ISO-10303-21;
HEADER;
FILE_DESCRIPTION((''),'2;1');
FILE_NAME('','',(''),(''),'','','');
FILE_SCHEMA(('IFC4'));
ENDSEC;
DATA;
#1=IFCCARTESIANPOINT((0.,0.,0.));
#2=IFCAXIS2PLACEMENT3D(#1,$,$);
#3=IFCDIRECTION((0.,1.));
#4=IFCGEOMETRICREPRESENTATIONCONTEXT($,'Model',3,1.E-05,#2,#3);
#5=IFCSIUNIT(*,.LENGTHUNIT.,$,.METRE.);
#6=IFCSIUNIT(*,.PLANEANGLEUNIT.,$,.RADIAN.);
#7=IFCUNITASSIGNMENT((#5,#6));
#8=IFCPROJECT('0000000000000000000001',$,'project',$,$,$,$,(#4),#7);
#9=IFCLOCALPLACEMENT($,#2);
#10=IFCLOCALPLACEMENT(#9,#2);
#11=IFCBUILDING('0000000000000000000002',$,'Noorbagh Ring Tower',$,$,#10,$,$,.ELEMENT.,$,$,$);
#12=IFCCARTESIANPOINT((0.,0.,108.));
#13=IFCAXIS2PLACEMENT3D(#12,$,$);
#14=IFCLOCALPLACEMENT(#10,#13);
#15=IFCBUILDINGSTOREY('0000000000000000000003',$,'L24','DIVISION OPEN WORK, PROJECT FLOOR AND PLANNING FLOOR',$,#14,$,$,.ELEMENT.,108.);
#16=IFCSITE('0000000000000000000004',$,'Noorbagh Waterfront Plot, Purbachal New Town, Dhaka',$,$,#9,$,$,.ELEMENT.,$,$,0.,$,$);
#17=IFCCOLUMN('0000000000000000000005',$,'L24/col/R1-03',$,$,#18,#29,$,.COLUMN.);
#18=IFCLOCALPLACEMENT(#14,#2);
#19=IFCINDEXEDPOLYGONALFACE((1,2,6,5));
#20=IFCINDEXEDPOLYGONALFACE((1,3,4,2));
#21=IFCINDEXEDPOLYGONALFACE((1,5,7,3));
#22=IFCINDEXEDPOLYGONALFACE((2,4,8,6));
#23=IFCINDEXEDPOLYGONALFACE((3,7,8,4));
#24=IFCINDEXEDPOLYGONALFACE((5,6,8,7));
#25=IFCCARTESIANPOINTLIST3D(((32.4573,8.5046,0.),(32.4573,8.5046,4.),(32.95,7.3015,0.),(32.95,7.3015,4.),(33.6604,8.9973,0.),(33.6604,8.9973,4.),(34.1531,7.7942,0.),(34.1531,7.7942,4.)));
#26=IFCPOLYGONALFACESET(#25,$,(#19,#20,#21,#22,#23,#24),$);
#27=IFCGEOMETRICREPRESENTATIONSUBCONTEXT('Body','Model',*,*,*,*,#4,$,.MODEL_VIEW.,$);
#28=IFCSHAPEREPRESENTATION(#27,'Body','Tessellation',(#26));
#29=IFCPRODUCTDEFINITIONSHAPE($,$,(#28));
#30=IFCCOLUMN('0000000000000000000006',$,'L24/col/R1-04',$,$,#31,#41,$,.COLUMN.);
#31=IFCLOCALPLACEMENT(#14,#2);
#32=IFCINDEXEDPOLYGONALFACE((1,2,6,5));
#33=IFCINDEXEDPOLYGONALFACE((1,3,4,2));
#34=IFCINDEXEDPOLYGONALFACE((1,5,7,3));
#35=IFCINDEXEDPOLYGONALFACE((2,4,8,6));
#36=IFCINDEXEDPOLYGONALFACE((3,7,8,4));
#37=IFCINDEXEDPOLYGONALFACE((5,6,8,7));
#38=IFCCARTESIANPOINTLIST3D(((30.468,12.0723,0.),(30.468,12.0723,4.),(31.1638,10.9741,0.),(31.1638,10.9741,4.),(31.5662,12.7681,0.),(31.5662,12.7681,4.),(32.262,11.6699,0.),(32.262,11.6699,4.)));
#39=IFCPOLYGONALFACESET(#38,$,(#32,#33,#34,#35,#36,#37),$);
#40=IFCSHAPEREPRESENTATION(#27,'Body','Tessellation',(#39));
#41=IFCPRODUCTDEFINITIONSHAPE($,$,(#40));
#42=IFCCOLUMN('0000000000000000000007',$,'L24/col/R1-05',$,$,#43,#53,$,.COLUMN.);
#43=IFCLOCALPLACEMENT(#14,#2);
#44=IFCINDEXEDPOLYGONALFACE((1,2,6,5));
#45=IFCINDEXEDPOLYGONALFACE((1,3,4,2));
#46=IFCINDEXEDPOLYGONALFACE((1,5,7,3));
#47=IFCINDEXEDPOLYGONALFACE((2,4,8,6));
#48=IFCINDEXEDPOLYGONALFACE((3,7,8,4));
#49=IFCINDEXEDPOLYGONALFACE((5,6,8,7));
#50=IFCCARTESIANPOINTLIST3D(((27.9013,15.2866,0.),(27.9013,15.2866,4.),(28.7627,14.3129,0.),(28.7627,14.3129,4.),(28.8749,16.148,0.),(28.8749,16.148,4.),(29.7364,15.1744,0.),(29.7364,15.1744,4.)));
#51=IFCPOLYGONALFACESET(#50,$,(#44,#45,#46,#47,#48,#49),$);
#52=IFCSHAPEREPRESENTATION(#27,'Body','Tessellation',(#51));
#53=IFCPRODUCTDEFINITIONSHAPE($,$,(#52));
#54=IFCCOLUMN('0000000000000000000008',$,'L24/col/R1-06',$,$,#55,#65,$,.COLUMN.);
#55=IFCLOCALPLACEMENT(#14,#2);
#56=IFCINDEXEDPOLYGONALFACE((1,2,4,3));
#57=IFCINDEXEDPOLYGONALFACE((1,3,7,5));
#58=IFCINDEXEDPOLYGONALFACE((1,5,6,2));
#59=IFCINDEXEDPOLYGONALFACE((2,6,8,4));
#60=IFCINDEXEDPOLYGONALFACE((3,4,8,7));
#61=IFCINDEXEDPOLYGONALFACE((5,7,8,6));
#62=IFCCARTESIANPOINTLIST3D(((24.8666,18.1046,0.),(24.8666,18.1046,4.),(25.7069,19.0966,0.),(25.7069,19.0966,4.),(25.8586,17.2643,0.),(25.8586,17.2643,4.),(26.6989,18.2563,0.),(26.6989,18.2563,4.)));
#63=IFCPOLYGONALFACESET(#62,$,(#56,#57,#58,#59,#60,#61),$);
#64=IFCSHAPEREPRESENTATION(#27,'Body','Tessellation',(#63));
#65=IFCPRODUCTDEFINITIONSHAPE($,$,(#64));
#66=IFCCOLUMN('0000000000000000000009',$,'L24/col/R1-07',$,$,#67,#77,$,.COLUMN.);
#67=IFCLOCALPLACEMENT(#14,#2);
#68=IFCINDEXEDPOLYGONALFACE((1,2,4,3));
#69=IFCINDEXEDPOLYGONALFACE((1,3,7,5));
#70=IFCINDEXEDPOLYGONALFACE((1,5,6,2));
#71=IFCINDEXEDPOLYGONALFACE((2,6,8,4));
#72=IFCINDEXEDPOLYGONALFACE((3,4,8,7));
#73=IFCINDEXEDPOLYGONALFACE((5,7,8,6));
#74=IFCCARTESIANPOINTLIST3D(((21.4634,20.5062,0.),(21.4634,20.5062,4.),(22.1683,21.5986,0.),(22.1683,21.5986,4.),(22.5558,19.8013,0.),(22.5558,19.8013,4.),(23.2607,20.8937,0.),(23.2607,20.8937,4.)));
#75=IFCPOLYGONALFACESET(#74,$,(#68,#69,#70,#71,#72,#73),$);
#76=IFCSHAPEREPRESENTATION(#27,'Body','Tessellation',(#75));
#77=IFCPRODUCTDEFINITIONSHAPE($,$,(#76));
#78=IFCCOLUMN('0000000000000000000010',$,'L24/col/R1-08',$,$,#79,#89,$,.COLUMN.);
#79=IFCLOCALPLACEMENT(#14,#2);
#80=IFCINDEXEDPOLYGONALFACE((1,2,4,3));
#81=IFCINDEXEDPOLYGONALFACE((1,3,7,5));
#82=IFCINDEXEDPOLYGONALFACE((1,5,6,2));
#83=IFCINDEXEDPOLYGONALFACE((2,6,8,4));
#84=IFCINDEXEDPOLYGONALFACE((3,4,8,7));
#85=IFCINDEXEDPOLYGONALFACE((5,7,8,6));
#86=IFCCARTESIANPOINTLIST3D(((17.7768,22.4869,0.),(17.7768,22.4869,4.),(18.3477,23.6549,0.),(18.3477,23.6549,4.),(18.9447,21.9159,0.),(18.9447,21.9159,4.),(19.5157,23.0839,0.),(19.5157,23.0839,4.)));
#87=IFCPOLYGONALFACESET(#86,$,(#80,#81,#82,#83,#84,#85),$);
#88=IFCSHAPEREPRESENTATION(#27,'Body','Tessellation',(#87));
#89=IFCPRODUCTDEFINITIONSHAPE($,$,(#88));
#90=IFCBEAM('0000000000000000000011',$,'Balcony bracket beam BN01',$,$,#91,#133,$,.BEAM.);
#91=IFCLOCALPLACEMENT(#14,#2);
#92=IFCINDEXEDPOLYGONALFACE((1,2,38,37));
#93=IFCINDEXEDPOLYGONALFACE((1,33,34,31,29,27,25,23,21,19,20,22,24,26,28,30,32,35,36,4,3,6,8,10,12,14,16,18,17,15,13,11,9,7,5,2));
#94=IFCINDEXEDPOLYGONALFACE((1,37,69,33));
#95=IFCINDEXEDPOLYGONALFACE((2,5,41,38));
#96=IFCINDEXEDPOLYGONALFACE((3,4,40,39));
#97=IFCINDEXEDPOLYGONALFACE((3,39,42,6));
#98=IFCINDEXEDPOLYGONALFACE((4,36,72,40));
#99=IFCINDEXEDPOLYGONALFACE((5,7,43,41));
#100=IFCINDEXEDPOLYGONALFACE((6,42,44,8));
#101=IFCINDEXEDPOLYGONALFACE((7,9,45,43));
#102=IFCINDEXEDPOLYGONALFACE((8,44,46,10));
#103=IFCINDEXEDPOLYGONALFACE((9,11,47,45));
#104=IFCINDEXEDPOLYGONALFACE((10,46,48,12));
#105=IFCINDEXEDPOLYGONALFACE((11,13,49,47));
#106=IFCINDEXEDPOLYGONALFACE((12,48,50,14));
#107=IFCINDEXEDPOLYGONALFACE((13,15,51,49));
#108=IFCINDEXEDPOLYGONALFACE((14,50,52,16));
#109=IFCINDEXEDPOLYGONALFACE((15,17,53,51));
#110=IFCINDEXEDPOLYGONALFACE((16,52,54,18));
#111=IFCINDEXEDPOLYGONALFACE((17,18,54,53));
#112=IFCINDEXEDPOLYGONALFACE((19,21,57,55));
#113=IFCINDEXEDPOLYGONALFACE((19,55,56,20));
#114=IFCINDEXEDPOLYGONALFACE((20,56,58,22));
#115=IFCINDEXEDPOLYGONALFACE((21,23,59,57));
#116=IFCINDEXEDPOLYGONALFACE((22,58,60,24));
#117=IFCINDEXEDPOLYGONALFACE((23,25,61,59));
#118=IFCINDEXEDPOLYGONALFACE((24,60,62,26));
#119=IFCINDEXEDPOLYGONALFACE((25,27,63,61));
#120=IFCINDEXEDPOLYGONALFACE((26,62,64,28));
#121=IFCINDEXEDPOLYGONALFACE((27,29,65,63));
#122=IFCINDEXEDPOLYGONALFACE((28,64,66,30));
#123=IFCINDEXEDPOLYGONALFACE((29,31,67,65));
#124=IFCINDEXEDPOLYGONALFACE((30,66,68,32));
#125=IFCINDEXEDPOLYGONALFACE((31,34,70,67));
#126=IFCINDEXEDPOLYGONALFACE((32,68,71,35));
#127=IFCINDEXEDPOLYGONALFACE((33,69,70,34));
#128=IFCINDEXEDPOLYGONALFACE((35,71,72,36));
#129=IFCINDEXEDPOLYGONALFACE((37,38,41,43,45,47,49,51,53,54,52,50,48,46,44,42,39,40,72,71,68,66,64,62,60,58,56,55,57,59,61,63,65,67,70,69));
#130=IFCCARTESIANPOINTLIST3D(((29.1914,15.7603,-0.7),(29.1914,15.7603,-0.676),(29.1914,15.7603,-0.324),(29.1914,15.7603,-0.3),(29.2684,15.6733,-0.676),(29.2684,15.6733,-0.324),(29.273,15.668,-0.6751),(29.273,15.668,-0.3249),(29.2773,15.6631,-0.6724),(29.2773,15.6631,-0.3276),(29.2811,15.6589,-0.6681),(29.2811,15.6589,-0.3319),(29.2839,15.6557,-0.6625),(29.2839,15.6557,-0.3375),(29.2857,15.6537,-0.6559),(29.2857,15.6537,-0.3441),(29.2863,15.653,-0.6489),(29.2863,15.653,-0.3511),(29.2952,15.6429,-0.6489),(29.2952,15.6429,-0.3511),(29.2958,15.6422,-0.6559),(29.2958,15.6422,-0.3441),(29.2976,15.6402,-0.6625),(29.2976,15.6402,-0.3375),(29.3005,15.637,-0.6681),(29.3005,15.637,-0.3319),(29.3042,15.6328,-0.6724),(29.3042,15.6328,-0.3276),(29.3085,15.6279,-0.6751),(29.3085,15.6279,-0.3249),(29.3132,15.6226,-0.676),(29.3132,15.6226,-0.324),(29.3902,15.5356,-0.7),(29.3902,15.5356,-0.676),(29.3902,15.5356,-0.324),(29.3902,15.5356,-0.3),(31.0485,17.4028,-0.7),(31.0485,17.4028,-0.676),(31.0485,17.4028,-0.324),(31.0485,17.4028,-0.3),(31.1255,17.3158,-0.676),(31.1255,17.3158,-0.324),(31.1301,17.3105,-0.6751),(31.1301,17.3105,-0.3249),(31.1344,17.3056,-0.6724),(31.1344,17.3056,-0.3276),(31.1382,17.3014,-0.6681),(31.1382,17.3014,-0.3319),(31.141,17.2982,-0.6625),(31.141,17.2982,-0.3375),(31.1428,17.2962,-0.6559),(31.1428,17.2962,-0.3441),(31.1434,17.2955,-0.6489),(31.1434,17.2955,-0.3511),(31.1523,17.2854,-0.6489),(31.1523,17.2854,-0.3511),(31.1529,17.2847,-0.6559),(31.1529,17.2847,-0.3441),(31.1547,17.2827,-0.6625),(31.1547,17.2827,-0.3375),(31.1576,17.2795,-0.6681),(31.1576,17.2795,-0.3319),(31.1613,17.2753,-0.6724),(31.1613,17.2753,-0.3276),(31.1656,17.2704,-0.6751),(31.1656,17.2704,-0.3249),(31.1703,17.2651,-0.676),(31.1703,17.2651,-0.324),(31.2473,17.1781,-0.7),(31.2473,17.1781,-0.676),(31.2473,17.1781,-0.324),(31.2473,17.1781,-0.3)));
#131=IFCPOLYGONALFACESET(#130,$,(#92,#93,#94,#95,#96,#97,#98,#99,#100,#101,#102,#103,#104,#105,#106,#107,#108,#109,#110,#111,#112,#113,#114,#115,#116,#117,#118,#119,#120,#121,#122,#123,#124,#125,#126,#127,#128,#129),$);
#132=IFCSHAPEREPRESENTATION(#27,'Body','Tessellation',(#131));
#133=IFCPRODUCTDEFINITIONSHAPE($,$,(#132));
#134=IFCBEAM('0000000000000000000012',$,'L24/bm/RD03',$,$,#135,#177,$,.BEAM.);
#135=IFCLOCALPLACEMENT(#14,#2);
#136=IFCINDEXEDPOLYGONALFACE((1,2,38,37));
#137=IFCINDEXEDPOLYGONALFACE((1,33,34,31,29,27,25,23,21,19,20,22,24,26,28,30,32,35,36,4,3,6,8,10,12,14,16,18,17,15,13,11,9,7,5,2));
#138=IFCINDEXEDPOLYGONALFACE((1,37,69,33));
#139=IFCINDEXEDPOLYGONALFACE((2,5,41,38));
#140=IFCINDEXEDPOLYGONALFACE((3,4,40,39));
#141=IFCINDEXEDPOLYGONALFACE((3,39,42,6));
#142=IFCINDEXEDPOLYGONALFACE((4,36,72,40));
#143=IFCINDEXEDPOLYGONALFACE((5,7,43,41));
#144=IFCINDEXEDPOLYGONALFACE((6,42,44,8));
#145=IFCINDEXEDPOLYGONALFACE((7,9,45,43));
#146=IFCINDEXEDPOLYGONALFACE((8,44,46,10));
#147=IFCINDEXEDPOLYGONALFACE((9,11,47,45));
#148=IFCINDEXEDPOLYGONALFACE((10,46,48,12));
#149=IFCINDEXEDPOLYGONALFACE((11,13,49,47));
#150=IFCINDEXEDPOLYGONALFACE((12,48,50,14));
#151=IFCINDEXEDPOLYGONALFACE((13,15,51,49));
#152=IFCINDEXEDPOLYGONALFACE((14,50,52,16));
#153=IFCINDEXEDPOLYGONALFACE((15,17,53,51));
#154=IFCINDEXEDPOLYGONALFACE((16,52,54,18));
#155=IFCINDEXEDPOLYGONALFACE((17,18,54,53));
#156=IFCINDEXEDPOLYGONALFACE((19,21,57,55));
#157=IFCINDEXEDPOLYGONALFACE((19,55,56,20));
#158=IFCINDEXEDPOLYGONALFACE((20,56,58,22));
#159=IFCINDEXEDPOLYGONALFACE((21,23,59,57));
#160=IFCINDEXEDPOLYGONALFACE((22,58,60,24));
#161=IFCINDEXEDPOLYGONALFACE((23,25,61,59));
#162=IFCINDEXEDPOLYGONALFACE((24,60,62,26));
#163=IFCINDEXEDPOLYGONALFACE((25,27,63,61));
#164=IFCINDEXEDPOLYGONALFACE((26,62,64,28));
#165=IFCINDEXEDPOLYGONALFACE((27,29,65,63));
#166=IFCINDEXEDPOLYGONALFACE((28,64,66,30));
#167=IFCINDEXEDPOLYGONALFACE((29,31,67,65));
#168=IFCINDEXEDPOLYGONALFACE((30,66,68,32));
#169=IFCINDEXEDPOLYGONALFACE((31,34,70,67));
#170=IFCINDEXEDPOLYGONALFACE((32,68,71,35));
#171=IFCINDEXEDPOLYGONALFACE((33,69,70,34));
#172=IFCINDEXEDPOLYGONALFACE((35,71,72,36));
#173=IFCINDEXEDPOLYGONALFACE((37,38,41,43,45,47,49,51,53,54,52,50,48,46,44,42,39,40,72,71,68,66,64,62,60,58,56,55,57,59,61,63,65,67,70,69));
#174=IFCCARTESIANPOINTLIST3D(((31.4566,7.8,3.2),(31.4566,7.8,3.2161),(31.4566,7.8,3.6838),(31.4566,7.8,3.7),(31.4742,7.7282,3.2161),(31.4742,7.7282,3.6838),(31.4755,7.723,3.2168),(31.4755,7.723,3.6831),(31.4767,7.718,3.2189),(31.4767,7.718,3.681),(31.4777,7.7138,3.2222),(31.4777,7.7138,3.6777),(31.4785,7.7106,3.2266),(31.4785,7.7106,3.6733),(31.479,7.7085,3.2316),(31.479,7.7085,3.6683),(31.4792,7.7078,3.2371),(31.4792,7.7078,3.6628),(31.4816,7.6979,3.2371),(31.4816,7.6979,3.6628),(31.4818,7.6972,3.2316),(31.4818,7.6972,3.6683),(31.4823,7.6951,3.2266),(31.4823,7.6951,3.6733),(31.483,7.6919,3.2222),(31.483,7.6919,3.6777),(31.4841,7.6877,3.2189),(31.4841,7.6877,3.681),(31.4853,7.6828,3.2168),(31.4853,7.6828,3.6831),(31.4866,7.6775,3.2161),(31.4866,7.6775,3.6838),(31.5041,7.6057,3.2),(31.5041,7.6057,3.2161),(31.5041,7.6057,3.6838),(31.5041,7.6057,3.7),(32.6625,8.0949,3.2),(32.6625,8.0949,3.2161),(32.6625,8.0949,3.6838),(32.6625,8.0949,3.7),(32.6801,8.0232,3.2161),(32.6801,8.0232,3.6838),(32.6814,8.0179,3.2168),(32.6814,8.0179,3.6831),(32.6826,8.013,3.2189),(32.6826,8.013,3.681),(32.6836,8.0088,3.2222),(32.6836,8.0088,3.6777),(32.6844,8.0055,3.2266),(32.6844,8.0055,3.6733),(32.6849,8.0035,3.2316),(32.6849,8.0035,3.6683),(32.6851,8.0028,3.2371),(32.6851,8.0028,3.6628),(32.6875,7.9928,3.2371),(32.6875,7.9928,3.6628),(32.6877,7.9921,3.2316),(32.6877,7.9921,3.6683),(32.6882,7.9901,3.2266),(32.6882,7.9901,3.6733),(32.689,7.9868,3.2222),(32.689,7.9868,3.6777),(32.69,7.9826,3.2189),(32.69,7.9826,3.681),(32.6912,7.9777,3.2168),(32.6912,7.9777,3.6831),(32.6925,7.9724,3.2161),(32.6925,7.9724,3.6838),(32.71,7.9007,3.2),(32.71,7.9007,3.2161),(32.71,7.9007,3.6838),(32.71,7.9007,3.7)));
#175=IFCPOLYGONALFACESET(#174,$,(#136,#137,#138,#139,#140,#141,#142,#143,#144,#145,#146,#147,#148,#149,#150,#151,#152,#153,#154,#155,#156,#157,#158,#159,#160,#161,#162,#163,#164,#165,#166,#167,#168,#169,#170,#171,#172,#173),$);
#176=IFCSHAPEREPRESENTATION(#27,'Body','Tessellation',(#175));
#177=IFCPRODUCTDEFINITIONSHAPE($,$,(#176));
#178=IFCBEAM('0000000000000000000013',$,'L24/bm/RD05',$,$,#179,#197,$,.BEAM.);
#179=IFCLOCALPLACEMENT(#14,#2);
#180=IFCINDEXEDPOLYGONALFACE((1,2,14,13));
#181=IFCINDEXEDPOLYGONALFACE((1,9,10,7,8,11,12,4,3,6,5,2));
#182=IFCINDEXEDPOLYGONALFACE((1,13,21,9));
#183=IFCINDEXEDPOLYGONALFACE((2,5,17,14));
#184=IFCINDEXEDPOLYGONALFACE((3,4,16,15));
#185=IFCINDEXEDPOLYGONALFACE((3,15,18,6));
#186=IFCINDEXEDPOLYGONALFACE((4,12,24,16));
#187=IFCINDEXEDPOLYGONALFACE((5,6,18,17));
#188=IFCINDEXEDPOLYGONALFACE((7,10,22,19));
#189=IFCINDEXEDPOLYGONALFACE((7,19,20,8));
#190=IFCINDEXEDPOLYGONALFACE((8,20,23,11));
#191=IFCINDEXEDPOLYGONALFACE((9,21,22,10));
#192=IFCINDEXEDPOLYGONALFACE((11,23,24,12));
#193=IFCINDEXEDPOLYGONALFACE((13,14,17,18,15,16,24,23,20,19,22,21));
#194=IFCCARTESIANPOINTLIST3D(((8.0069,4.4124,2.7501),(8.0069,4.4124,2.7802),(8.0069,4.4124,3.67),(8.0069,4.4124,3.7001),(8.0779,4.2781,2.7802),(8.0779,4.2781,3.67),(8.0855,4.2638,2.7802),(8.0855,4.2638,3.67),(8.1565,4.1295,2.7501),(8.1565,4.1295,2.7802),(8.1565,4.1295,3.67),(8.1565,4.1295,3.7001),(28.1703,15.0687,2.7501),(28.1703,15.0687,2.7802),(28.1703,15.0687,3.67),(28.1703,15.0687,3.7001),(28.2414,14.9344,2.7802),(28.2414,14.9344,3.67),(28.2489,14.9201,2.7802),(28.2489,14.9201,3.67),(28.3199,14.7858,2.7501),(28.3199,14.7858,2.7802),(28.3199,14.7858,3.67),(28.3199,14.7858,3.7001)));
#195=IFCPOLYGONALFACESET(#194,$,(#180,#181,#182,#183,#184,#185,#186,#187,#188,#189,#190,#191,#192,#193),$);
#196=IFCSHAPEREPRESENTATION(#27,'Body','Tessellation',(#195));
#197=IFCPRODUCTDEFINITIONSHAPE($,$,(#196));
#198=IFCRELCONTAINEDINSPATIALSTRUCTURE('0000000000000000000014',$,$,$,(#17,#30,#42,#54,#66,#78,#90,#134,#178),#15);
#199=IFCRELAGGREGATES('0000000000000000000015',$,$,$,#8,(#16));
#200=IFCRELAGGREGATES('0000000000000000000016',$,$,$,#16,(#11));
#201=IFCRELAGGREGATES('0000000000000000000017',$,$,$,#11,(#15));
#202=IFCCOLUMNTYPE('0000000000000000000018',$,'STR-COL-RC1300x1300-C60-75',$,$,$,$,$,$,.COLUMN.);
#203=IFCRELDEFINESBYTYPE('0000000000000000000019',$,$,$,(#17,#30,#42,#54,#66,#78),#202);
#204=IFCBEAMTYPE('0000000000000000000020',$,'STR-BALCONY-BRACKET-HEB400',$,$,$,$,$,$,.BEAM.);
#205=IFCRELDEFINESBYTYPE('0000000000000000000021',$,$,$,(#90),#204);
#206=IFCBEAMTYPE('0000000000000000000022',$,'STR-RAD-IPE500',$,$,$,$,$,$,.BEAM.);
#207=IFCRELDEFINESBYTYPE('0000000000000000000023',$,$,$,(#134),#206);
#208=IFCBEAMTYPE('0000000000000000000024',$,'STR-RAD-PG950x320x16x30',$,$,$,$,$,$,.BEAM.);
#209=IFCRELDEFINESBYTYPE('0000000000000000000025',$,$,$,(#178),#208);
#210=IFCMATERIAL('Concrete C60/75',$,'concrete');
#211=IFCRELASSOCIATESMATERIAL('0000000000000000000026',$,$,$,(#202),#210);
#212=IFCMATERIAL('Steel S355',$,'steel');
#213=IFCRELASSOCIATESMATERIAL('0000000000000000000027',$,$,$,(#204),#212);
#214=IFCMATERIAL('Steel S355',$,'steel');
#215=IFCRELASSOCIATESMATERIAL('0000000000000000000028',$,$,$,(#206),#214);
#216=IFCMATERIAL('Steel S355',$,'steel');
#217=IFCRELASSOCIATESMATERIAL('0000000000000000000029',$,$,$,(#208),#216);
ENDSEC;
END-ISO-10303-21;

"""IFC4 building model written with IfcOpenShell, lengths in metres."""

from ifc_helpers import new_model, si_unit, direction, frame, origin, origin_2d, place, context, subcontext, project, spatial, rectangle, i_section, extrude, material, material_profile, profile_set, type_object, element, save


model = new_model("IFC4")

# Units and contexts
model_context = context("Model", 3, precision=1e-05, world=origin(), true_north=direction((0.0, 1.0)))
body_context = subcontext(model_context, "Body", "Model", "MODEL_VIEW")
ifc_project = project(units=[si_unit("LENGTHUNIT", "METRE"), si_unit("PLANEANGLEUNIT", "RADIAN")], contexts=[model_context])

# Site, building, storey
site_placement = place(None, origin())
site = spatial("IfcSite", under=ifc_project, at=site_placement, Name="Noorbagh Waterfront Plot, Purbachal New Town, Dhaka", CompositionType="ELEMENT", RefElevation=0.0)
building_placement = place(site_placement, origin())
building = spatial("IfcBuilding", under=site, at=building_placement, Name="Noorbagh Ring Tower", CompositionType="ELEMENT")
storey_placement = place(building_placement, frame((0.0, 0.0, 108.0)))
storey = spatial("IfcBuildingStorey", under=building, at=storey_placement, Name="L24", Description="DIVISION OPEN WORK, PROJECT FLOOR AND PLANNING FLOOR", CompositionType="ELEMENT", Elevation=108.0)

# Columns
ifc_material_1 = material(Name="Concrete C60/75", Category="concrete")
ifc_material_profile_1 = material_profile(ifc_material_1, rectangle(XDim=1.3, YDim=1.3, at=origin_2d()), Name="RC1300x1300")
ifc_profile_set_1 = profile_set([ifc_material_profile_1], Name="Concrete C60/75")
column_type = type_object("IfcColumnType", Name="STR-COL-RC1300x1300-C60-75", PredefinedType="COLUMN", material=ifc_profile_set_1)
for number, where, z_axis, x_axis, name in (
    (1, (33.3052, 8.1494, 0.0), (0.0, 0.0, 1.0), (-0.378989, 0.925401, 0.0), "L24/col/R1-03"),
    (2, (31.365, 11.8711, 0.0), (0.0, 0.0, 1.0), (-0.53519, 0.844731, 0.0), "L24/col/R1-04"),
    (3, (28.8188, 15.2305, 0.0), (0.0, 0.0, 1.0), (-0.662636, 0.748942, 0.0), "L24/col/R1-05"),
    (4, (25.7827, 18.1804, 0.0), (0.0, 0.0, 1.0), (-0.763035, 0.646357, 0.0), "L24/col/R1-06"),
    (5, (22.3621, 20.7, 0.0), (0.0, 0.0, 1.0), (-0.840248, 0.542203, 0.0), "L24/col/R1-07"),
    (6, (18.6462, 22.7854, 0.0), (0.0, 0.0, 1.0), (-0.898399, 0.43918, 0.0), "L24/col/R1-08"),
):
    element("IfcColumn", number, at=place(storey_placement, frame(where, z_axis=z_axis, x_axis=x_axis)), inside=storey, type_object=column_type, Name=name, PredefinedType="COLUMN", context=body_context, shape_type="SweptSolid", body=[
        extrude(rectangle(XDim=1.3, YDim=1.3, at=origin_2d()), origin(), (0.0, 0.0, 1.0), 4.0),
    ])

# Beams
ifc_material_2 = material(Name="Steel S355", Category="steel")
ifc_material_profile_2 = material_profile(ifc_material_2, i_section(OverallWidth=0.3, OverallDepth=0.3999, WebThickness=0.0134, FlangeThickness=0.0239, FilletRadius=0.0271, at=origin_2d()), Name="HEB400")
ifc_profile_set_2 = profile_set([ifc_material_profile_2], Name="Steel S355")
beam_type_1 = type_object("IfcBeamType", Name="STR-BALCONY-BRACKET-HEB400", PredefinedType="BEAM", material=ifc_profile_set_2)
beam_1_placement = place(storey_placement, frame((29.2908, 15.6479, -0.5), z_axis=(0.749059, 0.662504, 0.0), x_axis=(-0.662504, 0.749059, 0.0)))
element("IfcBeam", 7, at=beam_1_placement, inside=storey, type_object=beam_type_1, Name="Balcony bracket beam BN01", PredefinedType="BEAM", context=body_context, shape_type="SweptSolid", body=[
    extrude(i_section(OverallWidth=0.3, OverallDepth=0.3999, WebThickness=0.0134, FlangeThickness=0.0239, FilletRadius=0.0271, at=origin_2d()), origin(), (0.0, 0.0, 1.0), 2.4792),
])
ifc_material_3 = material(Name="Steel S355", Category="steel")
ifc_material_profile_3 = material_profile(ifc_material_3, i_section(OverallWidth=0.2, OverallDepth=0.5, WebThickness=0.0103, FlangeThickness=0.0161, FilletRadius=0.021, at=origin_2d()), Name="IPE500")
ifc_profile_set_3 = profile_set([ifc_material_profile_3], Name="Steel S355")
beam_type_2 = type_object("IfcBeamType", Name="STR-RAD-IPE500", PredefinedType="BEAM", material=ifc_profile_set_3)
beam_2_placement = place(storey_placement, frame((32.6863, 7.9978, 3.45), z_axis=(-0.971368, -0.237581, 0.0), x_axis=(0.237581, -0.971368, 0.0)))
element("IfcBeam", 8, at=beam_2_placement, inside=storey, type_object=beam_type_2, Name="L24/bm/RD03", PredefinedType="BEAM", context=body_context, shape_type="SweptSolid", body=[
    extrude(i_section(OverallWidth=0.2, OverallDepth=0.5, WebThickness=0.0103, FlangeThickness=0.0161, FilletRadius=0.021, at=origin_2d()), origin(), (0.0, 0.0, 1.0), 1.2415),
])
ifc_material_4 = material(Name="Steel S355", Category="steel")
ifc_material_profile_4 = material_profile(ifc_material_4, i_section(OverallWidth=0.3201, OverallDepth=0.95, WebThickness=0.0161, FlangeThickness=0.03, at=origin_2d()), Name="PG950x320x16x30")
ifc_profile_set_4 = profile_set([ifc_material_profile_4], Name="Steel S355")
beam_type_3 = type_object("IfcBeamType", Name="STR-RAD-PG950x320x16x30", PredefinedType="BEAM", material=ifc_profile_set_4)
beam_3_placement = place(storey_placement, frame((28.2451, 14.9272, 3.2251), z_axis=(-0.884122, -0.467256, 0.0), x_axis=(0.467256, -0.884122, 0.0)))
element("IfcBeam", 9, at=beam_3_placement, inside=storey, type_object=beam_type_3, Name="L24/bm/RD05", PredefinedType="BEAM", context=body_context, shape_type="SweptSolid", body=[
    extrude(i_section(OverallWidth=0.3201, OverallDepth=0.95, WebThickness=0.0161, FlangeThickness=0.03, at=origin_2d()), origin(), (0.0, 0.0, 1.0), 22.8062),
])

save(model, "model.ifc")
